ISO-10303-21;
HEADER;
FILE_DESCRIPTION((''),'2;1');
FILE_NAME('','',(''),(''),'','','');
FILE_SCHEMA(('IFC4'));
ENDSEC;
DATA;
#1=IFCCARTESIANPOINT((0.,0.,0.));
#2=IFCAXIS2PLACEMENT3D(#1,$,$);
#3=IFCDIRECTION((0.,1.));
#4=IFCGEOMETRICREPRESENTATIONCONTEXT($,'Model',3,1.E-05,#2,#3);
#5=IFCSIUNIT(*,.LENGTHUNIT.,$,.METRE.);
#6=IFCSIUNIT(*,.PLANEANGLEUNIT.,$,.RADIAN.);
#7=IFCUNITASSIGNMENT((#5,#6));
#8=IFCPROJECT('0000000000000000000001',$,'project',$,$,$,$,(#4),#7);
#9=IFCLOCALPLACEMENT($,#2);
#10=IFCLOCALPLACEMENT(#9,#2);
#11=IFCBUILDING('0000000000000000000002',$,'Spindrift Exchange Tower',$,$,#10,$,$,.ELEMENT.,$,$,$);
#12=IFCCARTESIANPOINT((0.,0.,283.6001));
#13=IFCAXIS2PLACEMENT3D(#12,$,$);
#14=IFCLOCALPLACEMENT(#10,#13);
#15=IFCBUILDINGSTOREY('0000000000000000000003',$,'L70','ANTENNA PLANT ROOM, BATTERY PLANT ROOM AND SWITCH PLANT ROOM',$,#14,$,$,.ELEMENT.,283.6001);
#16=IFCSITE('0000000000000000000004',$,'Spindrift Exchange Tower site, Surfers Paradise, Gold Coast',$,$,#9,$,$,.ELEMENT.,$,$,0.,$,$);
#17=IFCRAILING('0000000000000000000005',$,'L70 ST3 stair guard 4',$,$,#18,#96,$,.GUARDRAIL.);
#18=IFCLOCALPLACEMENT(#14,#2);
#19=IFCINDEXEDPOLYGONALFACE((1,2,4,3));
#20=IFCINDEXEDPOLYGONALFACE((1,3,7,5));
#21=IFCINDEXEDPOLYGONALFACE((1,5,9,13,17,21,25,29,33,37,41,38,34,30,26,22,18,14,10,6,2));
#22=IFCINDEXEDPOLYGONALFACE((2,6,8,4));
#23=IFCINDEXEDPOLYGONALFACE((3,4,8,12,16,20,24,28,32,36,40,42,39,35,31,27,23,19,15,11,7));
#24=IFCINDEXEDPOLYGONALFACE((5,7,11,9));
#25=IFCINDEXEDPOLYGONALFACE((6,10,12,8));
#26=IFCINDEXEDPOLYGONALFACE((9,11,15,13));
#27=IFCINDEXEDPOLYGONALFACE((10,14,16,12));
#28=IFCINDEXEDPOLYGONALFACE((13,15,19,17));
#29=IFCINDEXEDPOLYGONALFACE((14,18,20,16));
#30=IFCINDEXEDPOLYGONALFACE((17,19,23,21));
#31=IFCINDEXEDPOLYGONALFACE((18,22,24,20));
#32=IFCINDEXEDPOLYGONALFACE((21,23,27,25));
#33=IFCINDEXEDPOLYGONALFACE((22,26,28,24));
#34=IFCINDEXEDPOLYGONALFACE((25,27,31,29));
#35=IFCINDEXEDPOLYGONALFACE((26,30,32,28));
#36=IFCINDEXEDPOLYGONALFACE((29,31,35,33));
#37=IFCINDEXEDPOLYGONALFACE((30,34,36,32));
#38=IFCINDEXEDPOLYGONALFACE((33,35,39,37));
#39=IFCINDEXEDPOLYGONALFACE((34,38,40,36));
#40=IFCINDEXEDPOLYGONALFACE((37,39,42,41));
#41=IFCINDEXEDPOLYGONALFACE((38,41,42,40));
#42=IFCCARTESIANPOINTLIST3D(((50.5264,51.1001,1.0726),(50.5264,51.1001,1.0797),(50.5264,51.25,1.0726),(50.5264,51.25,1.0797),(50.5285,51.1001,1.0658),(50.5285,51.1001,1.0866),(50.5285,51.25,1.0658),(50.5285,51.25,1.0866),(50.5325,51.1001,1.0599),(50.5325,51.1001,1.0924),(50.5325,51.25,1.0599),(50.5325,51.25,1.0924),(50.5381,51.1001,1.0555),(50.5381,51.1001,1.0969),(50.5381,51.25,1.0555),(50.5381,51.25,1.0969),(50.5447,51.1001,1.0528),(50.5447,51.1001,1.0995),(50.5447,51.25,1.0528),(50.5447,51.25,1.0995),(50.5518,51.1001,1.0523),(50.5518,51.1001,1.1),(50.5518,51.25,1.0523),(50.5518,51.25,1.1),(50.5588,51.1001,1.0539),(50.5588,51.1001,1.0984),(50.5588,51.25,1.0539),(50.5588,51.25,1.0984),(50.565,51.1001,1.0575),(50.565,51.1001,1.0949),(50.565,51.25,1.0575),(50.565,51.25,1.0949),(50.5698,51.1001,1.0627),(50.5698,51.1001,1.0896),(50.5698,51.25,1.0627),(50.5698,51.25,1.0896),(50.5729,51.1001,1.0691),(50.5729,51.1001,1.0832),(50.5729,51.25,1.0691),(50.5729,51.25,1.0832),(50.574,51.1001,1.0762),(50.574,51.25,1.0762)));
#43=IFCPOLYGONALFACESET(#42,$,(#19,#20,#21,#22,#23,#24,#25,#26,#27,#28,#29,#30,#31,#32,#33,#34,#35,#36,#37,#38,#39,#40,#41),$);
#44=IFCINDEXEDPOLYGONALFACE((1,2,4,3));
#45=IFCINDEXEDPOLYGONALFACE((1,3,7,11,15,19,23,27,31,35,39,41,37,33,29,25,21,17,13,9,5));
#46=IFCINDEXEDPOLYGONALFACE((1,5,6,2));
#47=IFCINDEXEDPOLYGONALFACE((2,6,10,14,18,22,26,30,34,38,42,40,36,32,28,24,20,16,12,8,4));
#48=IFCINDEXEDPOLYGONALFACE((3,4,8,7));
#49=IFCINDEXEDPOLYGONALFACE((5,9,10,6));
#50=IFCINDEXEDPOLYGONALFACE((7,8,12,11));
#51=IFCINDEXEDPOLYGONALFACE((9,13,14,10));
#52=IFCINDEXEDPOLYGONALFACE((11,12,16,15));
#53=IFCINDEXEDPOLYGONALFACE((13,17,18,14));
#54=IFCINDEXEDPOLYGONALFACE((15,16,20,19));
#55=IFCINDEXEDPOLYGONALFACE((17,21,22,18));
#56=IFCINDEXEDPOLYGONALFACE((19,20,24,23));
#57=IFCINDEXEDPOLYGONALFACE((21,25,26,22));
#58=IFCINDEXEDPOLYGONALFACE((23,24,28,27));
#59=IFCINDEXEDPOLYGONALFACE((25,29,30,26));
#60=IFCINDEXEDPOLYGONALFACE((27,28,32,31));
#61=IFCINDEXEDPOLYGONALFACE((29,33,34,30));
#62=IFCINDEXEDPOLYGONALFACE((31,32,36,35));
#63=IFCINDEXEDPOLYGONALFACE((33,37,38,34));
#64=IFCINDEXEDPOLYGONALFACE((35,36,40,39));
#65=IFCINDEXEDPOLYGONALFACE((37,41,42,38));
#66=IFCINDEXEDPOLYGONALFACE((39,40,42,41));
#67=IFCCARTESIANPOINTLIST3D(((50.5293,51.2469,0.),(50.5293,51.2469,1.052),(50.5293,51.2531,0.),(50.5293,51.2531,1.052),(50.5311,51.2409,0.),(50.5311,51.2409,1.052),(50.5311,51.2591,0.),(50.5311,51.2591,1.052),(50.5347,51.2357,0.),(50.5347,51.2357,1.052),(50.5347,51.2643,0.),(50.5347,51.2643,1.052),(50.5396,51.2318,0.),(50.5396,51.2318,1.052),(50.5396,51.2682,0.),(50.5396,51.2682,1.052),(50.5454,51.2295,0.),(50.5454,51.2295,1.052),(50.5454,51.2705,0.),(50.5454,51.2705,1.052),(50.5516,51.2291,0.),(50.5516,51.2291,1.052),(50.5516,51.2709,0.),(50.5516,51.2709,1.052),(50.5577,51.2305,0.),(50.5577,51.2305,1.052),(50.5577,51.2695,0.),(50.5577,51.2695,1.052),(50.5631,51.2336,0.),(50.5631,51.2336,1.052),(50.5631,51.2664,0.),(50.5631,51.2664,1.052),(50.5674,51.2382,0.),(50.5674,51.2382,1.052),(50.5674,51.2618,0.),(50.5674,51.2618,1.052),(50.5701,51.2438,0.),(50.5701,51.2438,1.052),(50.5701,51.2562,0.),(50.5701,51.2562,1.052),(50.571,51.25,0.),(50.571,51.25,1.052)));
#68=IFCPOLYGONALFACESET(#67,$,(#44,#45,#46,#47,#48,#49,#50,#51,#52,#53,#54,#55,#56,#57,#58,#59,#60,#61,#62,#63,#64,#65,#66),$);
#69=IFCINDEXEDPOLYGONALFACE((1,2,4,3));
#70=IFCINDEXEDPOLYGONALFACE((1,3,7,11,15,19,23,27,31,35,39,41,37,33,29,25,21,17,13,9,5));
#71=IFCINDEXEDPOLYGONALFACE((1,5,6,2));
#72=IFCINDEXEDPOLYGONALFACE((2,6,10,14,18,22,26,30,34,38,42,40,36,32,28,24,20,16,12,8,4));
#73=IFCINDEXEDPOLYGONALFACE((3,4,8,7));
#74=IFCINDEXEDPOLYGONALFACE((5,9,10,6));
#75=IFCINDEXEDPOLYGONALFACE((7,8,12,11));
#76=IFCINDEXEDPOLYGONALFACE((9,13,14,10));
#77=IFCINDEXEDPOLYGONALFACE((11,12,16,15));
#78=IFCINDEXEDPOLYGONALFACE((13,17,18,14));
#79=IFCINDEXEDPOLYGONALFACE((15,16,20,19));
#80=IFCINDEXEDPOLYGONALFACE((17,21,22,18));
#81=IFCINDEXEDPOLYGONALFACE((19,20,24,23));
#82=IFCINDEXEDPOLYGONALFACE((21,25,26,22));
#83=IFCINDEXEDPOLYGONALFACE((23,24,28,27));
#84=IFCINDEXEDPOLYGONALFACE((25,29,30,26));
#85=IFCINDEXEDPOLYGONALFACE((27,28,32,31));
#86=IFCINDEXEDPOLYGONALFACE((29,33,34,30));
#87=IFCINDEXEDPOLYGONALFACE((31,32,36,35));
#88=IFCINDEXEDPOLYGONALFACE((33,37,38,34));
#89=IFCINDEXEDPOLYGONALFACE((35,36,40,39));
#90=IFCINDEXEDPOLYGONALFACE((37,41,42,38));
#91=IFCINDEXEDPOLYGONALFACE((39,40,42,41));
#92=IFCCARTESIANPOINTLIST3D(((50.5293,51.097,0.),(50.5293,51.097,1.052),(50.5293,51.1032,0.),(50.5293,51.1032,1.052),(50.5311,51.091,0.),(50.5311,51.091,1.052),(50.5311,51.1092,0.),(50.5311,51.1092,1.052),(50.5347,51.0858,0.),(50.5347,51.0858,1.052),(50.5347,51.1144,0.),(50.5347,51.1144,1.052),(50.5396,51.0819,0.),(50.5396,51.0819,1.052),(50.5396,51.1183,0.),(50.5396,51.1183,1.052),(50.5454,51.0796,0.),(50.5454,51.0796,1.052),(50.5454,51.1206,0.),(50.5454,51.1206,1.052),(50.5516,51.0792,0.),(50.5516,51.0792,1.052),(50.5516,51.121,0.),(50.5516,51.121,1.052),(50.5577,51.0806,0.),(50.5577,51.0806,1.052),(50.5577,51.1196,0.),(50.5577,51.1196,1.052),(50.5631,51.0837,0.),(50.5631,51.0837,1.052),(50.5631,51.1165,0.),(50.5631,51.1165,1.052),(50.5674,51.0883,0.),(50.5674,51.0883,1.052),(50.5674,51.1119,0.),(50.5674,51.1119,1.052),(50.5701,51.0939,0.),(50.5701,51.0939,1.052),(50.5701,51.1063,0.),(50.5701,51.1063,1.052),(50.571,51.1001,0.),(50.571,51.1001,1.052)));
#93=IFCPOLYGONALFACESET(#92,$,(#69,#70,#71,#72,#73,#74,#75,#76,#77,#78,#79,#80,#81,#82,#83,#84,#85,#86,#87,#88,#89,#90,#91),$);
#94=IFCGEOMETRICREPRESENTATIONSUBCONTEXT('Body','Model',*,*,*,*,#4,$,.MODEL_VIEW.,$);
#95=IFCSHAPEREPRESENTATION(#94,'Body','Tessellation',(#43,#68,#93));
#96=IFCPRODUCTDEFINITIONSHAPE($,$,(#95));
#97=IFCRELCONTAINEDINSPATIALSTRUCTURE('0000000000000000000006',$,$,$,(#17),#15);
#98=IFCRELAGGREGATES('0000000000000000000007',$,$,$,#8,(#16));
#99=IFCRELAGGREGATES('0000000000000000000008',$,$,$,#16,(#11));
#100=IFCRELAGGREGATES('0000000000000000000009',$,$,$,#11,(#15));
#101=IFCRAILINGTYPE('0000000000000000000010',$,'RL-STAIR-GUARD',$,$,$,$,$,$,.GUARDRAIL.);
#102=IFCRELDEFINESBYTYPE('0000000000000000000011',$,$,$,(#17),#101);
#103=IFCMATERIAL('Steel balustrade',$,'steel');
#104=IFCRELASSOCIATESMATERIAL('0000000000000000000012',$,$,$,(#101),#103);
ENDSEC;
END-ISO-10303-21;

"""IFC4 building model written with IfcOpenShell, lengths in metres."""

from ifc_helpers import new_model, si_unit, direction, frame, origin, origin_2d, place, context, subcontext, project, spatial, circle, extrude, material, type_object, element, save


model = new_model("IFC4")

# Units and contexts
model_context = context("Model", 3, precision=1e-05, world=origin(), true_north=direction((0.0, 1.0)))
body_context = subcontext(model_context, "Body", "Model", "MODEL_VIEW")
ifc_project = project(units=[si_unit("LENGTHUNIT", "METRE"), si_unit("PLANEANGLEUNIT", "RADIAN")], contexts=[model_context])

# Site, building, storey
site_placement = place(None, origin())
site = spatial("IfcSite", under=ifc_project, at=site_placement, Name="Spindrift Exchange Tower site, Surfers Paradise, Gold Coast", CompositionType="ELEMENT", RefElevation=0.0)
building_placement = place(site_placement, origin())
building = spatial("IfcBuilding", under=site, at=building_placement, Name="Spindrift Exchange Tower", CompositionType="ELEMENT")
storey_placement = place(building_placement, frame((0.0, 0.0, 283.6001)))
storey = spatial("IfcBuildingStorey", under=building, at=storey_placement, Name="L70", Description="ANTENNA PLANT ROOM, BATTERY PLANT ROOM AND SWITCH PLANT ROOM", CompositionType="ELEMENT", Elevation=283.6001)

# Railing
ifc_material_1 = material(Name="Steel balustrade", Category="steel")
railing_type_1 = type_object("IfcRailingType", Name="RL-STAIR-GUARD", PredefinedType="GUARDRAIL", material=ifc_material_1)
railing_1_placement = place(storey_placement, frame((50.55, 51.25, 0.0)))
element("IfcRailing", 1, at=railing_1_placement, inside=storey, type_object=railing_type_1, Name="L70 ST3 stair guard 4", PredefinedType="GUARDRAIL", context=body_context, shape_type="SweptSolid", body=[
    extrude(circle(Radius=0.0239, at=origin_2d()), frame((0.0, 0.0, 1.0762), z_axis=(0.0, -1.0, 0.0), x_axis=(1.0, 0.0, 0.0)), (0.0, 0.0, 1.0), 0.1499),
    extrude(circle(Radius=0.021, at=origin_2d()), origin(), (0.0, 0.0, 1.0), 1.052),
    extrude(circle(Radius=0.021, at=origin_2d()), frame((0.0, -0.1499, 0.0)), (0.0, 0.0, 1.0), 1.052),
])

save(model, "model.ifc")
